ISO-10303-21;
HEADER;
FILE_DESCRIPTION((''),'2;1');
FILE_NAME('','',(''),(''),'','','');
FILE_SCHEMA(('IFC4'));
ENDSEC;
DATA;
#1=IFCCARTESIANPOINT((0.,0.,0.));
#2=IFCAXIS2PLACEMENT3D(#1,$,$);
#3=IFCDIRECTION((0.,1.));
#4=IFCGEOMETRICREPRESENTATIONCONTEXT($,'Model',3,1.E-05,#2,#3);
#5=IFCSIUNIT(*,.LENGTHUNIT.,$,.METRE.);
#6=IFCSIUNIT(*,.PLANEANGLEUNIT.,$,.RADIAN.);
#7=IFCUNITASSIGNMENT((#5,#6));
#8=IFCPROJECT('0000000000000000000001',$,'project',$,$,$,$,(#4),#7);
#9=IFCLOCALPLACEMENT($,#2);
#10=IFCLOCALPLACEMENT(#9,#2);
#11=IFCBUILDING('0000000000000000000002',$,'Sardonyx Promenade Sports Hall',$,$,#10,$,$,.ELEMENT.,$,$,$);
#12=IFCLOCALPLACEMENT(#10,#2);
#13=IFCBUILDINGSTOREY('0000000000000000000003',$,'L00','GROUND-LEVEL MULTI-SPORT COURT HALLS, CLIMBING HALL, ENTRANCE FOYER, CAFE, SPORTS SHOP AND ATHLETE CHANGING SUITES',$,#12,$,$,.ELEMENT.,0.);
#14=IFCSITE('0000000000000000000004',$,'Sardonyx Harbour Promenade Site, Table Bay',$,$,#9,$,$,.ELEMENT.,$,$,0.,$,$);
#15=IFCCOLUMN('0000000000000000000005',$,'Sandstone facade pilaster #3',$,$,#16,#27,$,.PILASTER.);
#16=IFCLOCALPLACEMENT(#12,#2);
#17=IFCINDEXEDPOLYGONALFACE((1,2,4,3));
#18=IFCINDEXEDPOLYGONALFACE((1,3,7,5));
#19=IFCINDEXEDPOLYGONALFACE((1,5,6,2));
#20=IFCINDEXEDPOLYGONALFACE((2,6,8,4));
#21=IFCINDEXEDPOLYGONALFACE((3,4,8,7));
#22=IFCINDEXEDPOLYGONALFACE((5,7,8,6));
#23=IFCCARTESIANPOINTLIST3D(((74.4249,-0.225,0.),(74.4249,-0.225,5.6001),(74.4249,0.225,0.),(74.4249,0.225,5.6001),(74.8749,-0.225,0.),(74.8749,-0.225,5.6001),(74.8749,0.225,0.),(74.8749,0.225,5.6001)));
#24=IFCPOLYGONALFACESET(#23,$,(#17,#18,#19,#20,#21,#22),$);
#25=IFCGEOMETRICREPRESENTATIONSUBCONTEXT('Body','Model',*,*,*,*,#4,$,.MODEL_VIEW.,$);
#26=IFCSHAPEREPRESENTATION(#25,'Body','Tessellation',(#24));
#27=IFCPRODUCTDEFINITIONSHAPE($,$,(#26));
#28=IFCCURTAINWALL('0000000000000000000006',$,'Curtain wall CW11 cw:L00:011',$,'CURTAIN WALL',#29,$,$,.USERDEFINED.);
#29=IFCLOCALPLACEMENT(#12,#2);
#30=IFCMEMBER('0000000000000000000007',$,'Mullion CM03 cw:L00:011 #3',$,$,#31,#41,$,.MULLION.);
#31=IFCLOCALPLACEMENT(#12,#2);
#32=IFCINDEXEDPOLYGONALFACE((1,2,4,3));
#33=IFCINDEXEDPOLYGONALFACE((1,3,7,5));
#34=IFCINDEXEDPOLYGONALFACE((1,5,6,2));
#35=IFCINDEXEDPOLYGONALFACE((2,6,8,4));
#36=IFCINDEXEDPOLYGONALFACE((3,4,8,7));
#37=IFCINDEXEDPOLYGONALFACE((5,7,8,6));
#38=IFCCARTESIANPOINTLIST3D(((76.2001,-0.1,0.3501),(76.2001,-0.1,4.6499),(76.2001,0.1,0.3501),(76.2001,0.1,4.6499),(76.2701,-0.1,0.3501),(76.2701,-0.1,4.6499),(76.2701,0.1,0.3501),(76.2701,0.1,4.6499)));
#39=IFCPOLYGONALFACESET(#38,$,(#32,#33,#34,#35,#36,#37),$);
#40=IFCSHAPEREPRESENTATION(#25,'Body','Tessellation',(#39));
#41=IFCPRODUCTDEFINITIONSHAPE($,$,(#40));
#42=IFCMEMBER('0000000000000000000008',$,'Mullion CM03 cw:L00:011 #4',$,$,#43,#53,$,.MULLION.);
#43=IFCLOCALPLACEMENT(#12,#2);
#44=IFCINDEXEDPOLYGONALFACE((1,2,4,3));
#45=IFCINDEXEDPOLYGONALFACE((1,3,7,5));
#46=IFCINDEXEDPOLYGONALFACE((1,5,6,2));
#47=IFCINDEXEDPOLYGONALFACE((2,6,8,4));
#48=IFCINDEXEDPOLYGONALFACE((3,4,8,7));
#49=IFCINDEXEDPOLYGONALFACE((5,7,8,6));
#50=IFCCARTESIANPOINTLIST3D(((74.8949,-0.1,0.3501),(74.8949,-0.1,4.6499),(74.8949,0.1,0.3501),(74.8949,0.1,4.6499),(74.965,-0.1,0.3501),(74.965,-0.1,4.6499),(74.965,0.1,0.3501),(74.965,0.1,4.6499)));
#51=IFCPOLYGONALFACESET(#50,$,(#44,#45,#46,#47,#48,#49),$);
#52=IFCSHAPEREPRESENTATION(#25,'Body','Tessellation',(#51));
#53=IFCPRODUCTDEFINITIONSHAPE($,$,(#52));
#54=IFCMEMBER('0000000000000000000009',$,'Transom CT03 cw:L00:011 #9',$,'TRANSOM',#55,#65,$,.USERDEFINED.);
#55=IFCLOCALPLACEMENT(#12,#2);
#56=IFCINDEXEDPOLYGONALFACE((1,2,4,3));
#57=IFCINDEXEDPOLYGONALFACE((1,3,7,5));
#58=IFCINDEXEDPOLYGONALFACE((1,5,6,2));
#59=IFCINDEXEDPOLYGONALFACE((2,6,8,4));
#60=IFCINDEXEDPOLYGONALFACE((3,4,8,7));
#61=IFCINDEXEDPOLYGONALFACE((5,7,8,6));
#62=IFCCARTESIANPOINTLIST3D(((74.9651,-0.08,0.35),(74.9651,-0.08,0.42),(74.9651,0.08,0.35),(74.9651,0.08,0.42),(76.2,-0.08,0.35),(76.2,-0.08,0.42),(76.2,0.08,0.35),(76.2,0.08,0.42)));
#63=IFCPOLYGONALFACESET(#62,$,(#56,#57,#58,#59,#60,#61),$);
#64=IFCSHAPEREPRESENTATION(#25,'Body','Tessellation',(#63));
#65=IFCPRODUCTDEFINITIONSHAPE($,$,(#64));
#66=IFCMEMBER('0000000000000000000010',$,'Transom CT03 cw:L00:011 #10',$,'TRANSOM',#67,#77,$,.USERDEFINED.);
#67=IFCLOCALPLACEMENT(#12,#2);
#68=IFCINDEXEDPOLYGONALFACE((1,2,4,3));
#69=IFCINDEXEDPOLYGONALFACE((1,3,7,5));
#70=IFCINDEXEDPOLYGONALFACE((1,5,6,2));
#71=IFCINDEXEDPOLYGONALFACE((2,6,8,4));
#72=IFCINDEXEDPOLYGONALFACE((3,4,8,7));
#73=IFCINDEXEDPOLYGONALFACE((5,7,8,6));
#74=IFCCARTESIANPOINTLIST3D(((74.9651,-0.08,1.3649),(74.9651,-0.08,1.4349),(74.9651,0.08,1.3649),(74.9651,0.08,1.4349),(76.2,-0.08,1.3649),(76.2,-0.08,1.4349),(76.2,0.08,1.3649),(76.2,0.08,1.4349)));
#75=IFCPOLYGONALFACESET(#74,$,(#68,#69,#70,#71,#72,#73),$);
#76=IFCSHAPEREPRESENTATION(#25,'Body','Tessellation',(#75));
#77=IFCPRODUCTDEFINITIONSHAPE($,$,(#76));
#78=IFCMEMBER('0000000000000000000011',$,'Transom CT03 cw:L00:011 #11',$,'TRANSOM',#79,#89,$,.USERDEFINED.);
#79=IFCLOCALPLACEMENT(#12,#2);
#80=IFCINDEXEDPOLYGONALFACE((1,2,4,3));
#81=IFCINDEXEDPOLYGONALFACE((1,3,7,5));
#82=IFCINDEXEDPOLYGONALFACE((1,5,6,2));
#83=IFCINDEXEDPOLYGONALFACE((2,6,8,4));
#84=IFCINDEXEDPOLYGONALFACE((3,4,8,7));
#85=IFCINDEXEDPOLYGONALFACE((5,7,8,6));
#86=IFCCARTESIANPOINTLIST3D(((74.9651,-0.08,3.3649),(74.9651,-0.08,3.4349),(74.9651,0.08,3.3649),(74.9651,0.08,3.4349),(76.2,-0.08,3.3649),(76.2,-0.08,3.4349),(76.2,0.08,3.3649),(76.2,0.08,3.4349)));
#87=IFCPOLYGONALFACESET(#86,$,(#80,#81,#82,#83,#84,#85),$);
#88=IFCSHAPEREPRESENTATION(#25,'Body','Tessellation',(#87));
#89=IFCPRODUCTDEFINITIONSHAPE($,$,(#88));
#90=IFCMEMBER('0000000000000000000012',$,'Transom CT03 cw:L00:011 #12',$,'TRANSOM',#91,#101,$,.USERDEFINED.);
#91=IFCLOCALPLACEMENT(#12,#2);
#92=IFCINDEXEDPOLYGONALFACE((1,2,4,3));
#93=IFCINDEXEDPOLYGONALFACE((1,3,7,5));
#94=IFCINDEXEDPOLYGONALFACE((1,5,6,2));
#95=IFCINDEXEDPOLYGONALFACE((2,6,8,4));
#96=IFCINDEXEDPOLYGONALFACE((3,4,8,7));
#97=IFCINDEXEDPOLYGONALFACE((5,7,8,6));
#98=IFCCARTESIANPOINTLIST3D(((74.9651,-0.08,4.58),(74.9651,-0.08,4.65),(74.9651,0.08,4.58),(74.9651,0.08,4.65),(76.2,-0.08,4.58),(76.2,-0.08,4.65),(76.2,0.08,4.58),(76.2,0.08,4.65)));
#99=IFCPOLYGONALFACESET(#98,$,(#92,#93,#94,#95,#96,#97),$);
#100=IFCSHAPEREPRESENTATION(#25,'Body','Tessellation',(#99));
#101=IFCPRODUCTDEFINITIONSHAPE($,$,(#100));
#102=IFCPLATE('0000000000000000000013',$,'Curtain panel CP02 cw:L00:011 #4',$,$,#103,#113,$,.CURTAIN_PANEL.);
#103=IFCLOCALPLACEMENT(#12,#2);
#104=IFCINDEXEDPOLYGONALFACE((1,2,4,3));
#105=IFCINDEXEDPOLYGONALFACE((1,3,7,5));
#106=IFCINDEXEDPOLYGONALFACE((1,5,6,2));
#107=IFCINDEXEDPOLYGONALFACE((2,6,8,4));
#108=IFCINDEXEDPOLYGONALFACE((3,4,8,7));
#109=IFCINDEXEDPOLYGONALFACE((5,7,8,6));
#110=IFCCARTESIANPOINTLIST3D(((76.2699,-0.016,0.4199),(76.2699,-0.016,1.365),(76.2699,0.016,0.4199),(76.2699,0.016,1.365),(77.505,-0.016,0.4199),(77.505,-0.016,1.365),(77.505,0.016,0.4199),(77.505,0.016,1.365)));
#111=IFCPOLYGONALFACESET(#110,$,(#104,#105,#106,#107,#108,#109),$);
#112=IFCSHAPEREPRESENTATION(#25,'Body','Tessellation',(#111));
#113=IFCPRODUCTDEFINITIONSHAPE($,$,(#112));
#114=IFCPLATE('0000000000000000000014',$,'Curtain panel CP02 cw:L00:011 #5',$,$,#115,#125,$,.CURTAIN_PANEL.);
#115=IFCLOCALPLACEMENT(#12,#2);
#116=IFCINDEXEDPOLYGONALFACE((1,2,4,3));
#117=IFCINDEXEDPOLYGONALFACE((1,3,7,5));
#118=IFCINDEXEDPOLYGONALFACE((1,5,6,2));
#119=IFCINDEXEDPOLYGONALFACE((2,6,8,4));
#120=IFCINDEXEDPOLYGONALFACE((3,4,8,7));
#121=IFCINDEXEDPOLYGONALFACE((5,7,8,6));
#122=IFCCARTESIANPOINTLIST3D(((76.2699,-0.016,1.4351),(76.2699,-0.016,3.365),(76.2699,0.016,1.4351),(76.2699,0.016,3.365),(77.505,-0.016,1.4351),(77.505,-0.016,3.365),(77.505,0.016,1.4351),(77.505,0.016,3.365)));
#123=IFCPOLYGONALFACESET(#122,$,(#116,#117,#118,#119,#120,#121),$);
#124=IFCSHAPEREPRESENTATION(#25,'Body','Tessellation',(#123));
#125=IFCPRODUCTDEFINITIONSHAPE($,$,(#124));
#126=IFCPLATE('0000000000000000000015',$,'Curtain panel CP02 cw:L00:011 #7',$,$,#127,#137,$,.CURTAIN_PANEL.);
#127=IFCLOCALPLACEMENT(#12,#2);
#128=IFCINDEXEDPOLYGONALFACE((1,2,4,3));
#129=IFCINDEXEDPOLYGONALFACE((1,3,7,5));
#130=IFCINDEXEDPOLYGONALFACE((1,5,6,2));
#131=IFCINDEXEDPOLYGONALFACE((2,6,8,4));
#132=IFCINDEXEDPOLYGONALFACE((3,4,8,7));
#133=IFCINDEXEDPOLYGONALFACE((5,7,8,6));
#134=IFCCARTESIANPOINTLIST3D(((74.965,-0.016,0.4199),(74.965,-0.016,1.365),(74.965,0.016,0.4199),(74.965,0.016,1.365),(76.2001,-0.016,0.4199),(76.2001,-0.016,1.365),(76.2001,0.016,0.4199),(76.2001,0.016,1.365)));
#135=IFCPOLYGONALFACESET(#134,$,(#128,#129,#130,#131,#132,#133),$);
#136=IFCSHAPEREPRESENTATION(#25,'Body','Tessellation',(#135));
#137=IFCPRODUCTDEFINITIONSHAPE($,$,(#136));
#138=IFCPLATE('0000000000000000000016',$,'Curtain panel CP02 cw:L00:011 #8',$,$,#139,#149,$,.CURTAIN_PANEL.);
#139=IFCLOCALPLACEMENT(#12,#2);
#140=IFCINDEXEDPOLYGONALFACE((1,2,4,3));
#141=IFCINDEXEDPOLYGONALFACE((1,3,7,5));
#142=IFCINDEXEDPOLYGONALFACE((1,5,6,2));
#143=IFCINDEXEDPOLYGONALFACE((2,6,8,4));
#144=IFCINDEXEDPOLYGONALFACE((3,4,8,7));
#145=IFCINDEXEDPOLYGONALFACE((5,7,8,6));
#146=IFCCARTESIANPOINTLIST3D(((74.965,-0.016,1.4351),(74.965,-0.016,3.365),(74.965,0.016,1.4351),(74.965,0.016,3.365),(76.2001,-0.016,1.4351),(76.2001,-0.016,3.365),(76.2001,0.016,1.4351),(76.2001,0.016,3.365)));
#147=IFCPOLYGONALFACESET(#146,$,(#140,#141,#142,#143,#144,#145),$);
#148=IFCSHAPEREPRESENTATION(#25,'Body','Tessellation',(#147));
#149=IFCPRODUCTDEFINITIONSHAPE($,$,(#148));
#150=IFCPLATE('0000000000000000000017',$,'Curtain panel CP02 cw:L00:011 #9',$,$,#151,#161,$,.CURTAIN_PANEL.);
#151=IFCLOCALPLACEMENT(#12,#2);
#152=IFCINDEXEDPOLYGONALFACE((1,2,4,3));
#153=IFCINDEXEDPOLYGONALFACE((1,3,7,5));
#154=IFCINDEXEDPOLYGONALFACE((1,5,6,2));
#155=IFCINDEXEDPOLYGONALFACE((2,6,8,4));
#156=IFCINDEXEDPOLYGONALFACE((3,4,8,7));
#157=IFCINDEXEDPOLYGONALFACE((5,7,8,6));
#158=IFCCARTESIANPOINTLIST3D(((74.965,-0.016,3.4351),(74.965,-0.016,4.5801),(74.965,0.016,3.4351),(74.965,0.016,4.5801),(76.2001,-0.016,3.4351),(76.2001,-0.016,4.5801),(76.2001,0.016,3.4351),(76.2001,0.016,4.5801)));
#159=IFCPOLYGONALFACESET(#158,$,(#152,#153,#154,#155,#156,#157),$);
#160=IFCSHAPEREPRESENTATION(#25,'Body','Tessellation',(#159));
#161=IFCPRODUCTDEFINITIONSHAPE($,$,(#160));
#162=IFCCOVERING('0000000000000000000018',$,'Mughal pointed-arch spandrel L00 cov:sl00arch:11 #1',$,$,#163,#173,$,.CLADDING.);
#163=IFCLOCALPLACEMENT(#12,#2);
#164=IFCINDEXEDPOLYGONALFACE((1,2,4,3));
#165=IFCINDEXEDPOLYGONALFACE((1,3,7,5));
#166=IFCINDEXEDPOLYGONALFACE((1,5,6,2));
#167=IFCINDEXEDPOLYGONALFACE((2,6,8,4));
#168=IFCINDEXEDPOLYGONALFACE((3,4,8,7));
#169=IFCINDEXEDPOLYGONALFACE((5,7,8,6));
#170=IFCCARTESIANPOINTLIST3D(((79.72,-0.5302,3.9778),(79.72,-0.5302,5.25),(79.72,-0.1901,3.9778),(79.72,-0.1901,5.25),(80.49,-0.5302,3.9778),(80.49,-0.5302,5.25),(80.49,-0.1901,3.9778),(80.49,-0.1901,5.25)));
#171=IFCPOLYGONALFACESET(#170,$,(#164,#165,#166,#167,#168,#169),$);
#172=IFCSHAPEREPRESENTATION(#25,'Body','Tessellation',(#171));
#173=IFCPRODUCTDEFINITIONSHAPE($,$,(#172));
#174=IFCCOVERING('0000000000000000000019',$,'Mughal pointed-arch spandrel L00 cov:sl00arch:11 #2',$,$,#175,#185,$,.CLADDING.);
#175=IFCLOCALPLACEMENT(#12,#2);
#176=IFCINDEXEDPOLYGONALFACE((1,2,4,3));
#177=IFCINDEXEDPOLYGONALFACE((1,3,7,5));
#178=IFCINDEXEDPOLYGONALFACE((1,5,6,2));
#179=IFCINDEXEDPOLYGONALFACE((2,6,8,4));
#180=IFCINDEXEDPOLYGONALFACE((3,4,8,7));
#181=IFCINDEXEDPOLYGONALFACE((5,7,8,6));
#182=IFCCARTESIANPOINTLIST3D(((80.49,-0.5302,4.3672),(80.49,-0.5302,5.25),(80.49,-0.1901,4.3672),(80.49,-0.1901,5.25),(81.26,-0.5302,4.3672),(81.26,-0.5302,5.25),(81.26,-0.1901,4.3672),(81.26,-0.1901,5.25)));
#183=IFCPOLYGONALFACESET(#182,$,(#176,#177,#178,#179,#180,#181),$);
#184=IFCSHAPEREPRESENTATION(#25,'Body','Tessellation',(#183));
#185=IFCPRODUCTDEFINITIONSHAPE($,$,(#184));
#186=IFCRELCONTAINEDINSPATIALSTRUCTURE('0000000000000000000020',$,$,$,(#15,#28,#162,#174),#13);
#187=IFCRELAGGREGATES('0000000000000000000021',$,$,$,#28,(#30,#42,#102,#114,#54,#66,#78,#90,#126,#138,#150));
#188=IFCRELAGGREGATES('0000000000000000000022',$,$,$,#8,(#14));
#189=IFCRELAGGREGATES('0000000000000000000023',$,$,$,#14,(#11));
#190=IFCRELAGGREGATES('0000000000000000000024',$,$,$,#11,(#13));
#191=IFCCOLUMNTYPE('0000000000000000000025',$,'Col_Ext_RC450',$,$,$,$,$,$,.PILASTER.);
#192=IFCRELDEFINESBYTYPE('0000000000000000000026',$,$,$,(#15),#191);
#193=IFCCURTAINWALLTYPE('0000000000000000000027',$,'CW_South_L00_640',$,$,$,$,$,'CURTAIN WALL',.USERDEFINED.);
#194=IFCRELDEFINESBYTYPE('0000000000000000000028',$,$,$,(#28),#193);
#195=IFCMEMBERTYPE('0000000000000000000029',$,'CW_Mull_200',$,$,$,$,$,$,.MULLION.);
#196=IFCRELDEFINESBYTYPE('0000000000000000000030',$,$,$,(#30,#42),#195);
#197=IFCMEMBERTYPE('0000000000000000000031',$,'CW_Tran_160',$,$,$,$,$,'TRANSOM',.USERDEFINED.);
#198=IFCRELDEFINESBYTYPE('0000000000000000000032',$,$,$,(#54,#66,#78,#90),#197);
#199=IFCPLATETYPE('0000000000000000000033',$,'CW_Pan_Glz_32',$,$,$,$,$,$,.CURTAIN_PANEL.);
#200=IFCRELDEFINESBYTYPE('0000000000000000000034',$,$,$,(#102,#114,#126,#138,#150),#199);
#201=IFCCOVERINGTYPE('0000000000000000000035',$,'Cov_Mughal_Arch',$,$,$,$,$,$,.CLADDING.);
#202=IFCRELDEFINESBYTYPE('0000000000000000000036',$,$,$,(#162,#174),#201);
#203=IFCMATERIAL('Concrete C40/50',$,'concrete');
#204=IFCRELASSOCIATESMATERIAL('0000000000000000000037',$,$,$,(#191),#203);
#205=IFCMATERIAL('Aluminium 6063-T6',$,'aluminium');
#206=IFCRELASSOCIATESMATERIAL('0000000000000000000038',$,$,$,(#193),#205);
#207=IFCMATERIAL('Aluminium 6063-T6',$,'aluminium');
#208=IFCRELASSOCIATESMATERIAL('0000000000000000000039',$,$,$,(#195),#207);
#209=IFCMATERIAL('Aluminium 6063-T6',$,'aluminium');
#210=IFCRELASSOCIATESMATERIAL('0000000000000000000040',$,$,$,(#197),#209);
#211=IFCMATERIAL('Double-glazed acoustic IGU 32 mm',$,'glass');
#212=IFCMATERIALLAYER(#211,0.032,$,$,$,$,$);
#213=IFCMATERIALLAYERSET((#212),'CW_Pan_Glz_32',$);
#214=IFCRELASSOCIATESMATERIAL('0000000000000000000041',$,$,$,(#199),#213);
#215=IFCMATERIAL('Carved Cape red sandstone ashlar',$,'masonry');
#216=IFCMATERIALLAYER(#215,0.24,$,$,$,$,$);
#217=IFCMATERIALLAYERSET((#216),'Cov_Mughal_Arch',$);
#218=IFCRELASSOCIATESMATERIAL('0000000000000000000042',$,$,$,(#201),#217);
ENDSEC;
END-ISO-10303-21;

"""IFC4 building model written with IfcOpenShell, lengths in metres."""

from ifc_helpers import new_model, si_unit, direction, frame, frame_2d, origin, origin_2d, place, context, subcontext, project, spatial, rectangle, extrude, material, layer, layer_set, material_profile, profile_set, type_object, element, aggregate, save


model = new_model("IFC4")

# Units and contexts
model_context = context("Model", 3, precision=1e-05, world=origin(), true_north=direction((0.0, 1.0)))
body_context = subcontext(model_context, "Body", "Model", "MODEL_VIEW")
ifc_project = project(units=[si_unit("LENGTHUNIT", "METRE"), si_unit("PLANEANGLEUNIT", "RADIAN")], contexts=[model_context])

# Site, building, storey
site_placement = place(None, origin())
site = spatial("IfcSite", under=ifc_project, at=site_placement, Name="Sardonyx Harbour Promenade Site, Table Bay", CompositionType="ELEMENT", RefElevation=0.0)
building_placement = place(site_placement, origin())
building = spatial("IfcBuilding", under=site, at=building_placement, Name="Sardonyx Promenade Sports Hall", CompositionType="ELEMENT")
storey_placement = place(building_placement, origin())
storey = spatial("IfcBuildingStorey", under=building, at=storey_placement, Name="L00", Description="GROUND-LEVEL MULTI-SPORT COURT HALLS, CLIMBING HALL, ENTRANCE FOYER, CAFE, SPORTS SHOP AND ATHLETE CHANGING SUITES", CompositionType="ELEMENT", Elevation=0.0)

# Column
ifc_material_1 = material(Name="Concrete C40/50", Category="concrete")
ifc_material_profile_1 = material_profile(ifc_material_1, rectangle(XDim=0.45, YDim=0.45, at=origin_2d()))
ifc_profile_set_1 = profile_set([ifc_material_profile_1], Name="Concrete C40/50")
column_type = type_object("IfcColumnType", Name="Col_Ext_RC450", PredefinedType="PILASTER", material=ifc_profile_set_1)
column_placement = place(storey_placement, frame((74.6499, 0.0, 0.0), z_axis=(0.0, 0.0, 1.0), x_axis=(1.0, 0.0, 0.0)))
element("IfcColumn", 1, at=column_placement, inside=storey, type_object=column_type, Name="Sandstone facade pilaster #3", PredefinedType="PILASTER", context=body_context, shape_type="SweptSolid", body=[
    extrude(rectangle(XDim=0.45, YDim=0.45, at=origin_2d()), origin(), (0.0, 0.0, 1.0), 5.6001),
])

# Curtain wall, members, plates
ifc_material_2 = material(Name="Aluminium 6063-T6", Category="aluminium")
curtain_wall_type = type_object("IfcCurtainWallType", Name="CW_South_L00_640", ElementType="CURTAIN WALL", PredefinedType="USERDEFINED", material=ifc_material_2)
curtain_wall_placement = place(storey_placement, origin())
curtain_wall = element("IfcCurtainWall", 2, at=curtain_wall_placement, inside=storey, type_object=curtain_wall_type, Name="Curtain wall CW11 cw:L00:011", ObjectType="CURTAIN WALL", PredefinedType="USERDEFINED")
ifc_material_3 = material(Name="Aluminium 6063-T6", Category="aluminium")
ifc_material_profile_2 = material_profile(ifc_material_3, rectangle(XDim=0.0701, YDim=0.2, at=origin_2d()))
ifc_profile_set_2 = profile_set([ifc_material_profile_2], Name="Aluminium 6063-T6")
member_type_1 = type_object("IfcMemberType", Name="CW_Mull_200", PredefinedType="MULLION", material=ifc_profile_set_2)
member_1_placement = place(storey_placement, frame((76.2351, 0.0, 0.3501), z_axis=(0.0, 0.0, 1.0), x_axis=(-1.0, 0.0, 0.0)))
member_1 = element("IfcMember", 3, at=member_1_placement, type_object=member_type_1, Name="Mullion CM03 cw:L00:011 #3", PredefinedType="MULLION", context=body_context, shape_type="SweptSolid", body=[
    extrude(rectangle(XDim=0.0701, YDim=0.2, at=origin_2d()), origin(), (0.0, 0.0, 1.0), 4.2998),
])
member_2_placement = place(storey_placement, frame((74.9299, 0.0, 0.3501), z_axis=(0.0, 0.0, 1.0), x_axis=(-1.0, 0.0, 0.0)))
member_2 = element("IfcMember", 4, at=member_2_placement, type_object=member_type_1, Name="Mullion CM03 cw:L00:011 #4", PredefinedType="MULLION", context=body_context, shape_type="SweptSolid", body=[
    extrude(rectangle(XDim=0.0701, YDim=0.2, at=origin_2d()), origin(), (0.0, 0.0, 1.0), 4.2998),
])
ifc_material_4 = material(Name="Aluminium 6063-T6", Category="aluminium")
ifc_material_profile_3 = material_profile(ifc_material_4, rectangle(XDim=0.0701, YDim=0.1599, at=origin_2d()))
ifc_profile_set_3 = profile_set([ifc_material_profile_3], Name="Aluminium 6063-T6")
member_type_2 = type_object("IfcMemberType", Name="CW_Tran_160", ElementType="TRANSOM", PredefinedType="USERDEFINED", material=ifc_profile_set_3)
member_3_placement = place(storey_placement, frame((76.2, 0.0, 0.385), z_axis=(-1.0, 0.0, 0.0), x_axis=(0.0, 0.0, 1.0)))
member_3 = element("IfcMember", 5, at=member_3_placement, type_object=member_type_2, Name="Transom CT03 cw:L00:011 #9", ObjectType="TRANSOM", PredefinedType="USERDEFINED", context=body_context, shape_type="SweptSolid", body=[
    extrude(rectangle(XDim=0.0701, YDim=0.1599, at=origin_2d()), origin(), (0.0, 0.0, 1.0), 1.2349),
])
member_4_placement = place(storey_placement, frame((76.2, 0.0, 1.3999), z_axis=(-1.0, 0.0, 0.0), x_axis=(0.0, 0.0, 1.0)))
member_4 = element("IfcMember", 6, at=member_4_placement, type_object=member_type_2, Name="Transom CT03 cw:L00:011 #10", ObjectType="TRANSOM", PredefinedType="USERDEFINED", context=body_context, shape_type="SweptSolid", body=[
    extrude(rectangle(XDim=0.0701, YDim=0.1599, at=origin_2d()), origin(), (0.0, 0.0, 1.0), 1.2349),
])
member_5_placement = place(storey_placement, frame((76.2, 0.0, 3.3999), z_axis=(-1.0, 0.0, 0.0), x_axis=(0.0, 0.0, 1.0)))
member_5 = element("IfcMember", 7, at=member_5_placement, type_object=member_type_2, Name="Transom CT03 cw:L00:011 #11", ObjectType="TRANSOM", PredefinedType="USERDEFINED", context=body_context, shape_type="SweptSolid", body=[
    extrude(rectangle(XDim=0.0701, YDim=0.1599, at=origin_2d()), origin(), (0.0, 0.0, 1.0), 1.2349),
])
member_6_placement = place(storey_placement, frame((76.2, 0.0, 4.615), z_axis=(-1.0, 0.0, 0.0), x_axis=(0.0, 0.0, 1.0)))
member_6 = element("IfcMember", 8, at=member_6_placement, type_object=member_type_2, Name="Transom CT03 cw:L00:011 #12", ObjectType="TRANSOM", PredefinedType="USERDEFINED", context=body_context, shape_type="SweptSolid", body=[
    extrude(rectangle(XDim=0.0701, YDim=0.1599, at=origin_2d()), origin(), (0.0, 0.0, 1.0), 1.2349),
])
ifc_material_5 = material(Name="Double-glazed acoustic IGU 32 mm", Category="glass")
ifc_layer_1 = layer(ifc_material_5, 0.032)
ifc_layer_set_1 = layer_set([ifc_layer_1], Name="CW_Pan_Glz_32")
plate_type = type_object("IfcPlateType", Name="CW_Pan_Glz_32", PredefinedType="CURTAIN_PANEL", material=ifc_layer_set_1)
plate_1_placement = place(storey_placement, frame((76.8875, 0.0, 0.4199), z_axis=(0.0, 0.0, 1.0), x_axis=(-1.0, 0.0, 0.0)))
plate_1 = element("IfcPlate", 9, at=plate_1_placement, type_object=plate_type, Name="Curtain panel CP02 cw:L00:011 #4", PredefinedType="CURTAIN_PANEL", context=body_context, shape_type="SweptSolid", body=[
    extrude(rectangle(XDim=1.2351, YDim=0.032, at=origin_2d()), origin(), (0.0, 0.0, 1.0), 0.9451),
])
plate_2_placement = place(storey_placement, frame((76.8875, 0.0, 1.4351), z_axis=(0.0, 0.0, 1.0), x_axis=(-1.0, 0.0, 0.0)))
plate_2 = element("IfcPlate", 10, at=plate_2_placement, type_object=plate_type, Name="Curtain panel CP02 cw:L00:011 #5", PredefinedType="CURTAIN_PANEL", context=body_context, shape_type="SweptSolid", body=[
    extrude(rectangle(XDim=1.2351, YDim=0.032, at=origin_2d()), origin(), (0.0, 0.0, 1.0), 1.9299),
])
plate_3_placement = place(storey_placement, frame((75.5825, 0.0, 0.4199), z_axis=(0.0, 0.0, 1.0), x_axis=(-1.0, 0.0, 0.0)))
plate_3 = element("IfcPlate", 11, at=plate_3_placement, type_object=plate_type, Name="Curtain panel CP02 cw:L00:011 #7", PredefinedType="CURTAIN_PANEL", context=body_context, shape_type="SweptSolid", body=[
    extrude(rectangle(XDim=1.2351, YDim=0.032, at=origin_2d()), origin(), (0.0, 0.0, 1.0), 0.9451),
])
plate_4_placement = place(storey_placement, frame((75.5825, 0.0, 1.4351), z_axis=(0.0, 0.0, 1.0), x_axis=(-1.0, 0.0, 0.0)))
plate_4 = element("IfcPlate", 12, at=plate_4_placement, type_object=plate_type, Name="Curtain panel CP02 cw:L00:011 #8", PredefinedType="CURTAIN_PANEL", context=body_context, shape_type="SweptSolid", body=[
    extrude(rectangle(XDim=1.2351, YDim=0.032, at=origin_2d()), origin(), (0.0, 0.0, 1.0), 1.9299),
])
plate_5_placement = place(storey_placement, frame((75.5825, 0.0, 3.4351), z_axis=(0.0, 0.0, 1.0), x_axis=(-1.0, 0.0, 0.0)))
plate_5 = element("IfcPlate", 13, at=plate_5_placement, type_object=plate_type, Name="Curtain panel CP02 cw:L00:011 #9", PredefinedType="CURTAIN_PANEL", context=body_context, shape_type="SweptSolid", body=[
    extrude(rectangle(XDim=1.2351, YDim=0.032, at=origin_2d()), origin(), (0.0, 0.0, 1.0), 1.145),
])
aggregate(curtain_wall, [member_1, member_2, plate_1, plate_2, member_3, member_4, member_5, member_6, plate_3, plate_4, plate_5])

# Coverings
ifc_material_6 = material(Name="Carved Cape red sandstone ashlar", Category="masonry")
ifc_layer_2 = layer(ifc_material_6, 0.24)
ifc_layer_set_2 = layer_set([ifc_layer_2], Name="Cov_Mughal_Arch")
covering_type = type_object("IfcCoveringType", Name="Cov_Mughal_Arch", PredefinedType="CLADDING", material=ifc_layer_set_2)
covering_1_placement = place(storey_placement, frame((79.72, -0.3601, 3.9778), z_axis=(0.0, 0.0, 1.0), x_axis=(1.0, 0.0, 0.0)))
element("IfcCovering", 14, at=covering_1_placement, inside=storey, type_object=covering_type, Name="Mughal pointed-arch spandrel L00 cov:sl00arch:11 #1", PredefinedType="CLADDING", context=body_context, shape_type="SweptSolid", body=[
    extrude(rectangle(XDim=0.77, YDim=0.3401, at=frame_2d((0.385, 0.0))), origin(), (0.0, 0.0, 1.0), 1.2722),
])
covering_2_placement = place(storey_placement, frame((80.49, -0.3601, 4.3672), z_axis=(0.0, 0.0, 1.0), x_axis=(1.0, 0.0, 0.0)))
element("IfcCovering", 15, at=covering_2_placement, inside=storey, type_object=covering_type, Name="Mughal pointed-arch spandrel L00 cov:sl00arch:11 #2", PredefinedType="CLADDING", context=body_context, shape_type="SweptSolid", body=[
    extrude(rectangle(XDim=0.77, YDim=0.3401, at=frame_2d((0.385, 0.0))), origin(), (0.0, 0.0, 1.0), 0.8828),
])

save(model, "model.ifc")
